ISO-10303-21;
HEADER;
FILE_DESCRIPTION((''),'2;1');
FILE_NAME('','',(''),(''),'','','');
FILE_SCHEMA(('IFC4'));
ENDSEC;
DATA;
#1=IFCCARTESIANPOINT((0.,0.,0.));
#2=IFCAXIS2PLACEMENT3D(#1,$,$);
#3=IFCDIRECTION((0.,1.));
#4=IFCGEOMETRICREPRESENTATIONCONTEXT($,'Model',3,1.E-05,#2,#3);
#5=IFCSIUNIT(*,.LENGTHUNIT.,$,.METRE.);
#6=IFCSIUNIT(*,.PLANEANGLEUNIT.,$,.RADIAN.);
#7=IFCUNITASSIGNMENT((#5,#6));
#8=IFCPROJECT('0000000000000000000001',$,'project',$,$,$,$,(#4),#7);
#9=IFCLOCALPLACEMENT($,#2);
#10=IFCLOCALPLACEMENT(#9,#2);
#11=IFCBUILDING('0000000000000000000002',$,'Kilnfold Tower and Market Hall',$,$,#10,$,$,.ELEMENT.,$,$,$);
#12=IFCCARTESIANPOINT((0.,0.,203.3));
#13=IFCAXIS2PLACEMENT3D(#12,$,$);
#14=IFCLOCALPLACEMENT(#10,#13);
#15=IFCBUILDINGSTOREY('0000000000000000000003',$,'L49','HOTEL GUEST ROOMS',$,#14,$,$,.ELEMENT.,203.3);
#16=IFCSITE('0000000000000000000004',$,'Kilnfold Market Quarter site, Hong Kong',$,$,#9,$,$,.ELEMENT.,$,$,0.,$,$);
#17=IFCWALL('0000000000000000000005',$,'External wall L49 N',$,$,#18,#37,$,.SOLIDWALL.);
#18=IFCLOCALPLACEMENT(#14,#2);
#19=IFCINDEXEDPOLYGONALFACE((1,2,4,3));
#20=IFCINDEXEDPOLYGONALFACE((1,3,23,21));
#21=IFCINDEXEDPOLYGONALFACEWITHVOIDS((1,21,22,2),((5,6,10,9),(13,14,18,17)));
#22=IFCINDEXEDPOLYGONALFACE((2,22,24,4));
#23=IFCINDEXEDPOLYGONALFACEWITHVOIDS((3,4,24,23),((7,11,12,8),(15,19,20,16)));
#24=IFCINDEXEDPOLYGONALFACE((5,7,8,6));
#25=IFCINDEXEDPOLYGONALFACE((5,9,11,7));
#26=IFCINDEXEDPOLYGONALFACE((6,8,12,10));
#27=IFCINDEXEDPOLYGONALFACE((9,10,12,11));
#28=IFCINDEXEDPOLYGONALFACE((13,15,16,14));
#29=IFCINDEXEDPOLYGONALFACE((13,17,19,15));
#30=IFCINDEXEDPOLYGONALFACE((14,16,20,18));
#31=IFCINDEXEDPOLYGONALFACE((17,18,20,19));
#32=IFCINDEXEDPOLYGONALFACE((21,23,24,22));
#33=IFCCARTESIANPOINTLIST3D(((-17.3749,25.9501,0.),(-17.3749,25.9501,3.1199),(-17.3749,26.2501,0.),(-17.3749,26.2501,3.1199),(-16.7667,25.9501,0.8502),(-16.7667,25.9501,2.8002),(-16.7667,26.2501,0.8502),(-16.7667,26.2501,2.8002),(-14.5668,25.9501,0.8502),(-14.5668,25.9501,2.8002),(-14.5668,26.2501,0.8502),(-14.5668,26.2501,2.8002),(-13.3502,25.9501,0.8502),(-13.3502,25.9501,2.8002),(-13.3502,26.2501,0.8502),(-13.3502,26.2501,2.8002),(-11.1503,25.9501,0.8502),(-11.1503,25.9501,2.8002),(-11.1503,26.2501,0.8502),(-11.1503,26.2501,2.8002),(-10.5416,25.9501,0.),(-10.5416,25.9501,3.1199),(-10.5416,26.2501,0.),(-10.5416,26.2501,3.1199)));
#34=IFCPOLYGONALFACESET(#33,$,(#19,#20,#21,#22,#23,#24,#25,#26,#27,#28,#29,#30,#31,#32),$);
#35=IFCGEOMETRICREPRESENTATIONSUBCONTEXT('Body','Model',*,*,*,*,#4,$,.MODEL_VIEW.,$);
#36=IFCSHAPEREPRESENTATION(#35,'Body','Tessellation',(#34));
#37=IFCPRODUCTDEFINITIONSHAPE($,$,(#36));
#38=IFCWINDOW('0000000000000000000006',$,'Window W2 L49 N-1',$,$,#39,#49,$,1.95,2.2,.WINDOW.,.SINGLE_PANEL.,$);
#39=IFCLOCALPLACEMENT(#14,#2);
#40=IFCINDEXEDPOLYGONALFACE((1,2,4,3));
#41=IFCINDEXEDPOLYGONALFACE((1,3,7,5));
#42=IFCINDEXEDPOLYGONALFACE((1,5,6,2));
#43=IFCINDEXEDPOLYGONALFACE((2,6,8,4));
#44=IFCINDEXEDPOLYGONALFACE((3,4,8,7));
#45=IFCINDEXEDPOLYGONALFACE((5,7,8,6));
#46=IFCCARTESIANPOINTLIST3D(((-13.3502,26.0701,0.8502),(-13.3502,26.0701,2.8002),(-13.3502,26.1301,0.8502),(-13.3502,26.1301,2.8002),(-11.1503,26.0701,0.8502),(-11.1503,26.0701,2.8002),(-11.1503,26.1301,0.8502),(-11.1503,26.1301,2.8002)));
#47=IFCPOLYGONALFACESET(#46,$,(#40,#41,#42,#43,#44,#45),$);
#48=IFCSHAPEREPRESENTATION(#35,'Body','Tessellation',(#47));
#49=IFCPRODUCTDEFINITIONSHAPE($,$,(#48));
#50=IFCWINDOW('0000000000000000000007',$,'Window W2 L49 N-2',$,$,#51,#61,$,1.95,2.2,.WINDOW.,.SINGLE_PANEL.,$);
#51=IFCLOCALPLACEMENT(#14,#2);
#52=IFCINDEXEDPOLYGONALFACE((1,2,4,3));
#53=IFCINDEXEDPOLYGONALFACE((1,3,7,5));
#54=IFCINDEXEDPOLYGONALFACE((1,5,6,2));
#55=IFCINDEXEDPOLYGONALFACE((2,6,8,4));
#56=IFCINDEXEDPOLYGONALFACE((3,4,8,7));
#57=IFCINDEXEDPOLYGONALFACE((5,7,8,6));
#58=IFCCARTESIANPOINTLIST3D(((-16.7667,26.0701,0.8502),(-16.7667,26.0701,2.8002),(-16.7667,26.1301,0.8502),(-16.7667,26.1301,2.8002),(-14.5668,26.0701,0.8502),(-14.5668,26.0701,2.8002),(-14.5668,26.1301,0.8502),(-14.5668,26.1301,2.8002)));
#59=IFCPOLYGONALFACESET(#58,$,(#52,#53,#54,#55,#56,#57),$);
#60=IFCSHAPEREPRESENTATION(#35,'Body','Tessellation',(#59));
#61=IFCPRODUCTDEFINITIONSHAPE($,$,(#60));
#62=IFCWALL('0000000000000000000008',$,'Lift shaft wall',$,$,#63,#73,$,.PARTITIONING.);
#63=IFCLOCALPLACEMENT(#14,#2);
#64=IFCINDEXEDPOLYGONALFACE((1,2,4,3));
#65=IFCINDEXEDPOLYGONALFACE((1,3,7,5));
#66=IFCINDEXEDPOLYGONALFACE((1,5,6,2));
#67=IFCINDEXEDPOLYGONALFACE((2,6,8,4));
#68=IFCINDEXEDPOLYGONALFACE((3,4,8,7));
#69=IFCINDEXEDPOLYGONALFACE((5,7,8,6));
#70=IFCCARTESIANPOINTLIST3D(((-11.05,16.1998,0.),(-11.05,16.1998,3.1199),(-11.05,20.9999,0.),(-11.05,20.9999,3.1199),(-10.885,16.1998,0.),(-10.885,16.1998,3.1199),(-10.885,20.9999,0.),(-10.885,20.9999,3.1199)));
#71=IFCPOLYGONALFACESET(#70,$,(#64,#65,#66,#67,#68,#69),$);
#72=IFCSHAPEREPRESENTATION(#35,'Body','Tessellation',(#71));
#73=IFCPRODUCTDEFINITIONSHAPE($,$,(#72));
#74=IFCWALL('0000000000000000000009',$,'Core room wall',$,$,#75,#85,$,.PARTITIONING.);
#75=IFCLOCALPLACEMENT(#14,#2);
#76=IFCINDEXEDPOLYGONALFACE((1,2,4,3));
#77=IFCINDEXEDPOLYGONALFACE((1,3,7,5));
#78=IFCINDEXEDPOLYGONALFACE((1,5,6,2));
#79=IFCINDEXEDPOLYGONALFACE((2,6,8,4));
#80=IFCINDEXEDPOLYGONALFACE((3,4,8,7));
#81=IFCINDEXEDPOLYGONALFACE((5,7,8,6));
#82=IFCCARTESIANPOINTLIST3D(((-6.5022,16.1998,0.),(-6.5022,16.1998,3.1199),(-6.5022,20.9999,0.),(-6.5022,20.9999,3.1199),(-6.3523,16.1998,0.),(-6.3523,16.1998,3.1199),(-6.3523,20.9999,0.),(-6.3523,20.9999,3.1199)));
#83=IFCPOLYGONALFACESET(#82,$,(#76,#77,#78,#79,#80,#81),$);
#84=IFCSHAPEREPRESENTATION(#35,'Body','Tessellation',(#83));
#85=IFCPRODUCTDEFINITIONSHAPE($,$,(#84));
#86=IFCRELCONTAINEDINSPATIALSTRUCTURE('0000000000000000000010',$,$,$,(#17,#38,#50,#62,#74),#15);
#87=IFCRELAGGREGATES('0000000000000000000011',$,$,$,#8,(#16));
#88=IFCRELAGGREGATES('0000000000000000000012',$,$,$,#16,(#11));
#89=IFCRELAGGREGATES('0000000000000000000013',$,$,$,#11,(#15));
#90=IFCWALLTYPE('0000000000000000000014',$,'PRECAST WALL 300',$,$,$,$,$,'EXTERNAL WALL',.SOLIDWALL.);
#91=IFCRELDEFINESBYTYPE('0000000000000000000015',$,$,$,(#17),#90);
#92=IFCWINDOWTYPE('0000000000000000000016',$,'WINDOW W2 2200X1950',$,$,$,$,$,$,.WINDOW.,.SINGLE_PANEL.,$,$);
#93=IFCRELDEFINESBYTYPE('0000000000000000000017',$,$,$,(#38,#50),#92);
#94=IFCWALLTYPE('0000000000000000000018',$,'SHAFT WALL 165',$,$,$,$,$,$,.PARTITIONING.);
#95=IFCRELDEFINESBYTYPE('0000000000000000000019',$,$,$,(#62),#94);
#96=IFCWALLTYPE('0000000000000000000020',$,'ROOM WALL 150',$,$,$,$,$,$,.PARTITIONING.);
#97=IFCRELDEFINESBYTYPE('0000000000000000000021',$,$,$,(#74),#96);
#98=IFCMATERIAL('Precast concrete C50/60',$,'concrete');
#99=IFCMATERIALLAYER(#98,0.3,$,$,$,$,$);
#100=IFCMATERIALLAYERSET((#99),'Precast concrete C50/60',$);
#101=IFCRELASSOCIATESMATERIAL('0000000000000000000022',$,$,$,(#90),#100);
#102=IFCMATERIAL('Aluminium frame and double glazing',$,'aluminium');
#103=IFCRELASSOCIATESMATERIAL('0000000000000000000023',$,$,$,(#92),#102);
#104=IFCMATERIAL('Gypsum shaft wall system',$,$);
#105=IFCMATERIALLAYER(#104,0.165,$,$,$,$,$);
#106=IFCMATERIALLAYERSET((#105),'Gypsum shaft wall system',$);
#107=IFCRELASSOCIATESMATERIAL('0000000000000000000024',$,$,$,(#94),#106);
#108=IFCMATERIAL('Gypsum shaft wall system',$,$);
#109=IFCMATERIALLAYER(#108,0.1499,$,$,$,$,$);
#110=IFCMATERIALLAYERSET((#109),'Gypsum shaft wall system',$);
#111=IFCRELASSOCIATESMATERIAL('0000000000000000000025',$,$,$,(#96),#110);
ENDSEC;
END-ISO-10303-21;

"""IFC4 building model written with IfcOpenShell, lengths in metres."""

from ifc_helpers import new_model, si_unit, direction, frame, frame_2d, origin, place, context, subcontext, project, spatial, rectangle, extrude, source, transform, mapped, material, layer, layer_set, type_object, element, fill, save


model = new_model("IFC4")

# Units and contexts
model_context = context("Model", 3, precision=1e-05, world=origin(), true_north=direction((0.0, 1.0)))
body_context = subcontext(model_context, "Body", "Model", "MODEL_VIEW")
ifc_project = project(units=[si_unit("LENGTHUNIT", "METRE"), si_unit("PLANEANGLEUNIT", "RADIAN")], contexts=[model_context])

# Site, building, storey
site_placement = place(None, origin())
site = spatial("IfcSite", under=ifc_project, at=site_placement, Name="Kilnfold Market Quarter site, Hong Kong", CompositionType="ELEMENT", RefElevation=0.0)
building_placement = place(site_placement, origin())
building = spatial("IfcBuilding", under=site, at=building_placement, Name="Kilnfold Tower and Market Hall", CompositionType="ELEMENT")
storey_placement = place(building_placement, frame((0.0, 0.0, 203.3)))
storey = spatial("IfcBuildingStorey", under=building, at=storey_placement, Name="L49", Description="HOTEL GUEST ROOMS", CompositionType="ELEMENT", Elevation=203.3)

# Wall, openings, windows
ifc_material_1 = material(Name="Precast concrete C50/60", Category="concrete")
ifc_layer_1 = layer(ifc_material_1, 0.3)
ifc_layer_set_1 = layer_set([ifc_layer_1], Name="Precast concrete C50/60")
wall_type_1 = type_object("IfcWallType", Name="PRECAST WALL 300", ElementType="EXTERNAL WALL", PredefinedType="SOLIDWALL", material=ifc_layer_set_1)
shared_shape_1 = source(origin(), body_context, "Body", "SweptSolid", [
    extrude(rectangle(XDim=6.8333, YDim=0.3, at=frame_2d((3.4165, 0.0))), origin(), (0.0, 0.0, 1.0), 3.1199),
])
wall_1_placement = place(storey_placement, frame((-10.5417, 26.1001, 0.0), z_axis=(0.0, 0.0, 1.0), x_axis=(-1.0, 0.0, 0.0)))
wall_1 = element("IfcWall", 1, at=wall_1_placement, inside=storey, type_object=wall_type_1, Name="External wall L49 N", PredefinedType="SOLIDWALL", context=body_context, shape_type="MappedRepresentation", body=[
    mapped(shared_shape_1, transform((0.0, 0.0, 0.0))),
])
opening_1_placement = place(wall_1_placement, frame((0.6084, 0.0, 0.8501)))
opening_1 = element("IfcOpeningElement", 2, at=opening_1_placement, cuts=wall_1, PredefinedType="OPENING", context=body_context, shape_type="SweptSolid", body=[
    extrude(rectangle(XDim=2.2, YDim=1.95, at=frame_2d((1.1001, 0.9751))), frame((0.0, 0.1602, 0.0), z_axis=(0.0, -1.0, 0.0), x_axis=(1.0, 0.0, 0.0)), (0.0, 0.0, 1.0), 0.3201),
])
opening_2_placement = place(wall_1_placement, frame((4.0249, 0.0, 0.8501)))
opening_2 = element("IfcOpeningElement", 3, at=opening_2_placement, cuts=wall_1, PredefinedType="OPENING", context=body_context, shape_type="SweptSolid", body=[
    extrude(rectangle(XDim=2.2, YDim=1.95, at=frame_2d((1.1001, 0.9751))), frame((0.0, 0.1602, 0.0), z_axis=(0.0, -1.0, 0.0), x_axis=(1.0, 0.0, 0.0)), (0.0, 0.0, 1.0), 0.3201),
])
ifc_material_2 = material(Name="Aluminium frame and double glazing", Category="aluminium")
window_type = type_object("IfcWindowType", Name="WINDOW W2 2200X1950", PartitioningType="SINGLE_PANEL", PredefinedType="WINDOW", material=ifc_material_2)
window_1_placement = place(opening_1_placement, origin())
window_1 = element("IfcWindow", 4, at=window_1_placement, inside=storey, type_object=window_type, Name="Window W2 L49 N-1", OverallHeight=1.95, OverallWidth=2.2, PartitioningType="SINGLE_PANEL", PredefinedType="WINDOW", context=body_context, shape_type="SweptSolid", body=[
    extrude(rectangle(XDim=2.2, YDim=1.95, at=frame_2d((1.1001, 0.9751))), frame((0.0, 0.03, 0.0), z_axis=(0.0, -1.0, 0.0), x_axis=(1.0, 0.0, 0.0)), (0.0, 0.0, 1.0), 0.0601),
])
fill(opening_1, window_1)
window_2_placement = place(opening_2_placement, origin())
window_2 = element("IfcWindow", 5, at=window_2_placement, inside=storey, type_object=window_type, Name="Window W2 L49 N-2", OverallHeight=1.95, OverallWidth=2.2, PartitioningType="SINGLE_PANEL", PredefinedType="WINDOW", context=body_context, shape_type="SweptSolid", body=[
    extrude(rectangle(XDim=2.2, YDim=1.95, at=frame_2d((1.1001, 0.9751))), frame((0.0, 0.03, 0.0), z_axis=(0.0, -1.0, 0.0), x_axis=(1.0, 0.0, 0.0)), (0.0, 0.0, 1.0), 0.0601),
])
fill(opening_2, window_2)

# Walls
ifc_material_3 = material(Name="Gypsum shaft wall system")
ifc_layer_2 = layer(ifc_material_3, 0.165)
ifc_layer_set_2 = layer_set([ifc_layer_2], Name="Gypsum shaft wall system")
wall_type_2 = type_object("IfcWallType", Name="SHAFT WALL 165", PredefinedType="PARTITIONING", material=ifc_layer_set_2)
shared_shape_2 = source(origin(), body_context, "Body", "SweptSolid", [
    extrude(rectangle(XDim=4.8, YDim=0.165, at=frame_2d((2.3999, 0.0))), origin(), (0.0, 0.0, 1.0), 3.1199),
])
wall_2_placement = place(storey_placement, frame((-10.9675, 16.2, 0.0), z_axis=(0.0, 0.0, 1.0), x_axis=(0.0, 1.0, 0.0)))
element("IfcWall", 6, at=wall_2_placement, inside=storey, type_object=wall_type_2, Name="Lift shaft wall", PredefinedType="PARTITIONING", context=body_context, shape_type="MappedRepresentation", body=[
    mapped(shared_shape_2, transform((0.0, 0.0, 0.0))),
])
ifc_material_4 = material(Name="Gypsum shaft wall system")
ifc_layer_3 = layer(ifc_material_4, 0.1499)
ifc_layer_set_3 = layer_set([ifc_layer_3], Name="Gypsum shaft wall system")
wall_type_3 = type_object("IfcWallType", Name="ROOM WALL 150", PredefinedType="PARTITIONING", material=ifc_layer_set_3)
shared_shape_3 = source(origin(), body_context, "Body", "SweptSolid", [
    extrude(rectangle(XDim=4.8, YDim=0.1499, at=frame_2d((2.3999, 0.0))), origin(), (0.0, 0.0, 1.0), 3.1199),
])
wall_3_placement = place(storey_placement, frame((-6.4272, 16.2, 0.0), z_axis=(0.0, 0.0, 1.0), x_axis=(0.0, 1.0, 0.0)))
element("IfcWall", 7, at=wall_3_placement, inside=storey, type_object=wall_type_3, Name="Core room wall", PredefinedType="PARTITIONING", context=body_context, shape_type="MappedRepresentation", body=[
    mapped(shared_shape_3, transform((0.0, 0.0, 0.0))),
])

save(model, "model.ifc")
